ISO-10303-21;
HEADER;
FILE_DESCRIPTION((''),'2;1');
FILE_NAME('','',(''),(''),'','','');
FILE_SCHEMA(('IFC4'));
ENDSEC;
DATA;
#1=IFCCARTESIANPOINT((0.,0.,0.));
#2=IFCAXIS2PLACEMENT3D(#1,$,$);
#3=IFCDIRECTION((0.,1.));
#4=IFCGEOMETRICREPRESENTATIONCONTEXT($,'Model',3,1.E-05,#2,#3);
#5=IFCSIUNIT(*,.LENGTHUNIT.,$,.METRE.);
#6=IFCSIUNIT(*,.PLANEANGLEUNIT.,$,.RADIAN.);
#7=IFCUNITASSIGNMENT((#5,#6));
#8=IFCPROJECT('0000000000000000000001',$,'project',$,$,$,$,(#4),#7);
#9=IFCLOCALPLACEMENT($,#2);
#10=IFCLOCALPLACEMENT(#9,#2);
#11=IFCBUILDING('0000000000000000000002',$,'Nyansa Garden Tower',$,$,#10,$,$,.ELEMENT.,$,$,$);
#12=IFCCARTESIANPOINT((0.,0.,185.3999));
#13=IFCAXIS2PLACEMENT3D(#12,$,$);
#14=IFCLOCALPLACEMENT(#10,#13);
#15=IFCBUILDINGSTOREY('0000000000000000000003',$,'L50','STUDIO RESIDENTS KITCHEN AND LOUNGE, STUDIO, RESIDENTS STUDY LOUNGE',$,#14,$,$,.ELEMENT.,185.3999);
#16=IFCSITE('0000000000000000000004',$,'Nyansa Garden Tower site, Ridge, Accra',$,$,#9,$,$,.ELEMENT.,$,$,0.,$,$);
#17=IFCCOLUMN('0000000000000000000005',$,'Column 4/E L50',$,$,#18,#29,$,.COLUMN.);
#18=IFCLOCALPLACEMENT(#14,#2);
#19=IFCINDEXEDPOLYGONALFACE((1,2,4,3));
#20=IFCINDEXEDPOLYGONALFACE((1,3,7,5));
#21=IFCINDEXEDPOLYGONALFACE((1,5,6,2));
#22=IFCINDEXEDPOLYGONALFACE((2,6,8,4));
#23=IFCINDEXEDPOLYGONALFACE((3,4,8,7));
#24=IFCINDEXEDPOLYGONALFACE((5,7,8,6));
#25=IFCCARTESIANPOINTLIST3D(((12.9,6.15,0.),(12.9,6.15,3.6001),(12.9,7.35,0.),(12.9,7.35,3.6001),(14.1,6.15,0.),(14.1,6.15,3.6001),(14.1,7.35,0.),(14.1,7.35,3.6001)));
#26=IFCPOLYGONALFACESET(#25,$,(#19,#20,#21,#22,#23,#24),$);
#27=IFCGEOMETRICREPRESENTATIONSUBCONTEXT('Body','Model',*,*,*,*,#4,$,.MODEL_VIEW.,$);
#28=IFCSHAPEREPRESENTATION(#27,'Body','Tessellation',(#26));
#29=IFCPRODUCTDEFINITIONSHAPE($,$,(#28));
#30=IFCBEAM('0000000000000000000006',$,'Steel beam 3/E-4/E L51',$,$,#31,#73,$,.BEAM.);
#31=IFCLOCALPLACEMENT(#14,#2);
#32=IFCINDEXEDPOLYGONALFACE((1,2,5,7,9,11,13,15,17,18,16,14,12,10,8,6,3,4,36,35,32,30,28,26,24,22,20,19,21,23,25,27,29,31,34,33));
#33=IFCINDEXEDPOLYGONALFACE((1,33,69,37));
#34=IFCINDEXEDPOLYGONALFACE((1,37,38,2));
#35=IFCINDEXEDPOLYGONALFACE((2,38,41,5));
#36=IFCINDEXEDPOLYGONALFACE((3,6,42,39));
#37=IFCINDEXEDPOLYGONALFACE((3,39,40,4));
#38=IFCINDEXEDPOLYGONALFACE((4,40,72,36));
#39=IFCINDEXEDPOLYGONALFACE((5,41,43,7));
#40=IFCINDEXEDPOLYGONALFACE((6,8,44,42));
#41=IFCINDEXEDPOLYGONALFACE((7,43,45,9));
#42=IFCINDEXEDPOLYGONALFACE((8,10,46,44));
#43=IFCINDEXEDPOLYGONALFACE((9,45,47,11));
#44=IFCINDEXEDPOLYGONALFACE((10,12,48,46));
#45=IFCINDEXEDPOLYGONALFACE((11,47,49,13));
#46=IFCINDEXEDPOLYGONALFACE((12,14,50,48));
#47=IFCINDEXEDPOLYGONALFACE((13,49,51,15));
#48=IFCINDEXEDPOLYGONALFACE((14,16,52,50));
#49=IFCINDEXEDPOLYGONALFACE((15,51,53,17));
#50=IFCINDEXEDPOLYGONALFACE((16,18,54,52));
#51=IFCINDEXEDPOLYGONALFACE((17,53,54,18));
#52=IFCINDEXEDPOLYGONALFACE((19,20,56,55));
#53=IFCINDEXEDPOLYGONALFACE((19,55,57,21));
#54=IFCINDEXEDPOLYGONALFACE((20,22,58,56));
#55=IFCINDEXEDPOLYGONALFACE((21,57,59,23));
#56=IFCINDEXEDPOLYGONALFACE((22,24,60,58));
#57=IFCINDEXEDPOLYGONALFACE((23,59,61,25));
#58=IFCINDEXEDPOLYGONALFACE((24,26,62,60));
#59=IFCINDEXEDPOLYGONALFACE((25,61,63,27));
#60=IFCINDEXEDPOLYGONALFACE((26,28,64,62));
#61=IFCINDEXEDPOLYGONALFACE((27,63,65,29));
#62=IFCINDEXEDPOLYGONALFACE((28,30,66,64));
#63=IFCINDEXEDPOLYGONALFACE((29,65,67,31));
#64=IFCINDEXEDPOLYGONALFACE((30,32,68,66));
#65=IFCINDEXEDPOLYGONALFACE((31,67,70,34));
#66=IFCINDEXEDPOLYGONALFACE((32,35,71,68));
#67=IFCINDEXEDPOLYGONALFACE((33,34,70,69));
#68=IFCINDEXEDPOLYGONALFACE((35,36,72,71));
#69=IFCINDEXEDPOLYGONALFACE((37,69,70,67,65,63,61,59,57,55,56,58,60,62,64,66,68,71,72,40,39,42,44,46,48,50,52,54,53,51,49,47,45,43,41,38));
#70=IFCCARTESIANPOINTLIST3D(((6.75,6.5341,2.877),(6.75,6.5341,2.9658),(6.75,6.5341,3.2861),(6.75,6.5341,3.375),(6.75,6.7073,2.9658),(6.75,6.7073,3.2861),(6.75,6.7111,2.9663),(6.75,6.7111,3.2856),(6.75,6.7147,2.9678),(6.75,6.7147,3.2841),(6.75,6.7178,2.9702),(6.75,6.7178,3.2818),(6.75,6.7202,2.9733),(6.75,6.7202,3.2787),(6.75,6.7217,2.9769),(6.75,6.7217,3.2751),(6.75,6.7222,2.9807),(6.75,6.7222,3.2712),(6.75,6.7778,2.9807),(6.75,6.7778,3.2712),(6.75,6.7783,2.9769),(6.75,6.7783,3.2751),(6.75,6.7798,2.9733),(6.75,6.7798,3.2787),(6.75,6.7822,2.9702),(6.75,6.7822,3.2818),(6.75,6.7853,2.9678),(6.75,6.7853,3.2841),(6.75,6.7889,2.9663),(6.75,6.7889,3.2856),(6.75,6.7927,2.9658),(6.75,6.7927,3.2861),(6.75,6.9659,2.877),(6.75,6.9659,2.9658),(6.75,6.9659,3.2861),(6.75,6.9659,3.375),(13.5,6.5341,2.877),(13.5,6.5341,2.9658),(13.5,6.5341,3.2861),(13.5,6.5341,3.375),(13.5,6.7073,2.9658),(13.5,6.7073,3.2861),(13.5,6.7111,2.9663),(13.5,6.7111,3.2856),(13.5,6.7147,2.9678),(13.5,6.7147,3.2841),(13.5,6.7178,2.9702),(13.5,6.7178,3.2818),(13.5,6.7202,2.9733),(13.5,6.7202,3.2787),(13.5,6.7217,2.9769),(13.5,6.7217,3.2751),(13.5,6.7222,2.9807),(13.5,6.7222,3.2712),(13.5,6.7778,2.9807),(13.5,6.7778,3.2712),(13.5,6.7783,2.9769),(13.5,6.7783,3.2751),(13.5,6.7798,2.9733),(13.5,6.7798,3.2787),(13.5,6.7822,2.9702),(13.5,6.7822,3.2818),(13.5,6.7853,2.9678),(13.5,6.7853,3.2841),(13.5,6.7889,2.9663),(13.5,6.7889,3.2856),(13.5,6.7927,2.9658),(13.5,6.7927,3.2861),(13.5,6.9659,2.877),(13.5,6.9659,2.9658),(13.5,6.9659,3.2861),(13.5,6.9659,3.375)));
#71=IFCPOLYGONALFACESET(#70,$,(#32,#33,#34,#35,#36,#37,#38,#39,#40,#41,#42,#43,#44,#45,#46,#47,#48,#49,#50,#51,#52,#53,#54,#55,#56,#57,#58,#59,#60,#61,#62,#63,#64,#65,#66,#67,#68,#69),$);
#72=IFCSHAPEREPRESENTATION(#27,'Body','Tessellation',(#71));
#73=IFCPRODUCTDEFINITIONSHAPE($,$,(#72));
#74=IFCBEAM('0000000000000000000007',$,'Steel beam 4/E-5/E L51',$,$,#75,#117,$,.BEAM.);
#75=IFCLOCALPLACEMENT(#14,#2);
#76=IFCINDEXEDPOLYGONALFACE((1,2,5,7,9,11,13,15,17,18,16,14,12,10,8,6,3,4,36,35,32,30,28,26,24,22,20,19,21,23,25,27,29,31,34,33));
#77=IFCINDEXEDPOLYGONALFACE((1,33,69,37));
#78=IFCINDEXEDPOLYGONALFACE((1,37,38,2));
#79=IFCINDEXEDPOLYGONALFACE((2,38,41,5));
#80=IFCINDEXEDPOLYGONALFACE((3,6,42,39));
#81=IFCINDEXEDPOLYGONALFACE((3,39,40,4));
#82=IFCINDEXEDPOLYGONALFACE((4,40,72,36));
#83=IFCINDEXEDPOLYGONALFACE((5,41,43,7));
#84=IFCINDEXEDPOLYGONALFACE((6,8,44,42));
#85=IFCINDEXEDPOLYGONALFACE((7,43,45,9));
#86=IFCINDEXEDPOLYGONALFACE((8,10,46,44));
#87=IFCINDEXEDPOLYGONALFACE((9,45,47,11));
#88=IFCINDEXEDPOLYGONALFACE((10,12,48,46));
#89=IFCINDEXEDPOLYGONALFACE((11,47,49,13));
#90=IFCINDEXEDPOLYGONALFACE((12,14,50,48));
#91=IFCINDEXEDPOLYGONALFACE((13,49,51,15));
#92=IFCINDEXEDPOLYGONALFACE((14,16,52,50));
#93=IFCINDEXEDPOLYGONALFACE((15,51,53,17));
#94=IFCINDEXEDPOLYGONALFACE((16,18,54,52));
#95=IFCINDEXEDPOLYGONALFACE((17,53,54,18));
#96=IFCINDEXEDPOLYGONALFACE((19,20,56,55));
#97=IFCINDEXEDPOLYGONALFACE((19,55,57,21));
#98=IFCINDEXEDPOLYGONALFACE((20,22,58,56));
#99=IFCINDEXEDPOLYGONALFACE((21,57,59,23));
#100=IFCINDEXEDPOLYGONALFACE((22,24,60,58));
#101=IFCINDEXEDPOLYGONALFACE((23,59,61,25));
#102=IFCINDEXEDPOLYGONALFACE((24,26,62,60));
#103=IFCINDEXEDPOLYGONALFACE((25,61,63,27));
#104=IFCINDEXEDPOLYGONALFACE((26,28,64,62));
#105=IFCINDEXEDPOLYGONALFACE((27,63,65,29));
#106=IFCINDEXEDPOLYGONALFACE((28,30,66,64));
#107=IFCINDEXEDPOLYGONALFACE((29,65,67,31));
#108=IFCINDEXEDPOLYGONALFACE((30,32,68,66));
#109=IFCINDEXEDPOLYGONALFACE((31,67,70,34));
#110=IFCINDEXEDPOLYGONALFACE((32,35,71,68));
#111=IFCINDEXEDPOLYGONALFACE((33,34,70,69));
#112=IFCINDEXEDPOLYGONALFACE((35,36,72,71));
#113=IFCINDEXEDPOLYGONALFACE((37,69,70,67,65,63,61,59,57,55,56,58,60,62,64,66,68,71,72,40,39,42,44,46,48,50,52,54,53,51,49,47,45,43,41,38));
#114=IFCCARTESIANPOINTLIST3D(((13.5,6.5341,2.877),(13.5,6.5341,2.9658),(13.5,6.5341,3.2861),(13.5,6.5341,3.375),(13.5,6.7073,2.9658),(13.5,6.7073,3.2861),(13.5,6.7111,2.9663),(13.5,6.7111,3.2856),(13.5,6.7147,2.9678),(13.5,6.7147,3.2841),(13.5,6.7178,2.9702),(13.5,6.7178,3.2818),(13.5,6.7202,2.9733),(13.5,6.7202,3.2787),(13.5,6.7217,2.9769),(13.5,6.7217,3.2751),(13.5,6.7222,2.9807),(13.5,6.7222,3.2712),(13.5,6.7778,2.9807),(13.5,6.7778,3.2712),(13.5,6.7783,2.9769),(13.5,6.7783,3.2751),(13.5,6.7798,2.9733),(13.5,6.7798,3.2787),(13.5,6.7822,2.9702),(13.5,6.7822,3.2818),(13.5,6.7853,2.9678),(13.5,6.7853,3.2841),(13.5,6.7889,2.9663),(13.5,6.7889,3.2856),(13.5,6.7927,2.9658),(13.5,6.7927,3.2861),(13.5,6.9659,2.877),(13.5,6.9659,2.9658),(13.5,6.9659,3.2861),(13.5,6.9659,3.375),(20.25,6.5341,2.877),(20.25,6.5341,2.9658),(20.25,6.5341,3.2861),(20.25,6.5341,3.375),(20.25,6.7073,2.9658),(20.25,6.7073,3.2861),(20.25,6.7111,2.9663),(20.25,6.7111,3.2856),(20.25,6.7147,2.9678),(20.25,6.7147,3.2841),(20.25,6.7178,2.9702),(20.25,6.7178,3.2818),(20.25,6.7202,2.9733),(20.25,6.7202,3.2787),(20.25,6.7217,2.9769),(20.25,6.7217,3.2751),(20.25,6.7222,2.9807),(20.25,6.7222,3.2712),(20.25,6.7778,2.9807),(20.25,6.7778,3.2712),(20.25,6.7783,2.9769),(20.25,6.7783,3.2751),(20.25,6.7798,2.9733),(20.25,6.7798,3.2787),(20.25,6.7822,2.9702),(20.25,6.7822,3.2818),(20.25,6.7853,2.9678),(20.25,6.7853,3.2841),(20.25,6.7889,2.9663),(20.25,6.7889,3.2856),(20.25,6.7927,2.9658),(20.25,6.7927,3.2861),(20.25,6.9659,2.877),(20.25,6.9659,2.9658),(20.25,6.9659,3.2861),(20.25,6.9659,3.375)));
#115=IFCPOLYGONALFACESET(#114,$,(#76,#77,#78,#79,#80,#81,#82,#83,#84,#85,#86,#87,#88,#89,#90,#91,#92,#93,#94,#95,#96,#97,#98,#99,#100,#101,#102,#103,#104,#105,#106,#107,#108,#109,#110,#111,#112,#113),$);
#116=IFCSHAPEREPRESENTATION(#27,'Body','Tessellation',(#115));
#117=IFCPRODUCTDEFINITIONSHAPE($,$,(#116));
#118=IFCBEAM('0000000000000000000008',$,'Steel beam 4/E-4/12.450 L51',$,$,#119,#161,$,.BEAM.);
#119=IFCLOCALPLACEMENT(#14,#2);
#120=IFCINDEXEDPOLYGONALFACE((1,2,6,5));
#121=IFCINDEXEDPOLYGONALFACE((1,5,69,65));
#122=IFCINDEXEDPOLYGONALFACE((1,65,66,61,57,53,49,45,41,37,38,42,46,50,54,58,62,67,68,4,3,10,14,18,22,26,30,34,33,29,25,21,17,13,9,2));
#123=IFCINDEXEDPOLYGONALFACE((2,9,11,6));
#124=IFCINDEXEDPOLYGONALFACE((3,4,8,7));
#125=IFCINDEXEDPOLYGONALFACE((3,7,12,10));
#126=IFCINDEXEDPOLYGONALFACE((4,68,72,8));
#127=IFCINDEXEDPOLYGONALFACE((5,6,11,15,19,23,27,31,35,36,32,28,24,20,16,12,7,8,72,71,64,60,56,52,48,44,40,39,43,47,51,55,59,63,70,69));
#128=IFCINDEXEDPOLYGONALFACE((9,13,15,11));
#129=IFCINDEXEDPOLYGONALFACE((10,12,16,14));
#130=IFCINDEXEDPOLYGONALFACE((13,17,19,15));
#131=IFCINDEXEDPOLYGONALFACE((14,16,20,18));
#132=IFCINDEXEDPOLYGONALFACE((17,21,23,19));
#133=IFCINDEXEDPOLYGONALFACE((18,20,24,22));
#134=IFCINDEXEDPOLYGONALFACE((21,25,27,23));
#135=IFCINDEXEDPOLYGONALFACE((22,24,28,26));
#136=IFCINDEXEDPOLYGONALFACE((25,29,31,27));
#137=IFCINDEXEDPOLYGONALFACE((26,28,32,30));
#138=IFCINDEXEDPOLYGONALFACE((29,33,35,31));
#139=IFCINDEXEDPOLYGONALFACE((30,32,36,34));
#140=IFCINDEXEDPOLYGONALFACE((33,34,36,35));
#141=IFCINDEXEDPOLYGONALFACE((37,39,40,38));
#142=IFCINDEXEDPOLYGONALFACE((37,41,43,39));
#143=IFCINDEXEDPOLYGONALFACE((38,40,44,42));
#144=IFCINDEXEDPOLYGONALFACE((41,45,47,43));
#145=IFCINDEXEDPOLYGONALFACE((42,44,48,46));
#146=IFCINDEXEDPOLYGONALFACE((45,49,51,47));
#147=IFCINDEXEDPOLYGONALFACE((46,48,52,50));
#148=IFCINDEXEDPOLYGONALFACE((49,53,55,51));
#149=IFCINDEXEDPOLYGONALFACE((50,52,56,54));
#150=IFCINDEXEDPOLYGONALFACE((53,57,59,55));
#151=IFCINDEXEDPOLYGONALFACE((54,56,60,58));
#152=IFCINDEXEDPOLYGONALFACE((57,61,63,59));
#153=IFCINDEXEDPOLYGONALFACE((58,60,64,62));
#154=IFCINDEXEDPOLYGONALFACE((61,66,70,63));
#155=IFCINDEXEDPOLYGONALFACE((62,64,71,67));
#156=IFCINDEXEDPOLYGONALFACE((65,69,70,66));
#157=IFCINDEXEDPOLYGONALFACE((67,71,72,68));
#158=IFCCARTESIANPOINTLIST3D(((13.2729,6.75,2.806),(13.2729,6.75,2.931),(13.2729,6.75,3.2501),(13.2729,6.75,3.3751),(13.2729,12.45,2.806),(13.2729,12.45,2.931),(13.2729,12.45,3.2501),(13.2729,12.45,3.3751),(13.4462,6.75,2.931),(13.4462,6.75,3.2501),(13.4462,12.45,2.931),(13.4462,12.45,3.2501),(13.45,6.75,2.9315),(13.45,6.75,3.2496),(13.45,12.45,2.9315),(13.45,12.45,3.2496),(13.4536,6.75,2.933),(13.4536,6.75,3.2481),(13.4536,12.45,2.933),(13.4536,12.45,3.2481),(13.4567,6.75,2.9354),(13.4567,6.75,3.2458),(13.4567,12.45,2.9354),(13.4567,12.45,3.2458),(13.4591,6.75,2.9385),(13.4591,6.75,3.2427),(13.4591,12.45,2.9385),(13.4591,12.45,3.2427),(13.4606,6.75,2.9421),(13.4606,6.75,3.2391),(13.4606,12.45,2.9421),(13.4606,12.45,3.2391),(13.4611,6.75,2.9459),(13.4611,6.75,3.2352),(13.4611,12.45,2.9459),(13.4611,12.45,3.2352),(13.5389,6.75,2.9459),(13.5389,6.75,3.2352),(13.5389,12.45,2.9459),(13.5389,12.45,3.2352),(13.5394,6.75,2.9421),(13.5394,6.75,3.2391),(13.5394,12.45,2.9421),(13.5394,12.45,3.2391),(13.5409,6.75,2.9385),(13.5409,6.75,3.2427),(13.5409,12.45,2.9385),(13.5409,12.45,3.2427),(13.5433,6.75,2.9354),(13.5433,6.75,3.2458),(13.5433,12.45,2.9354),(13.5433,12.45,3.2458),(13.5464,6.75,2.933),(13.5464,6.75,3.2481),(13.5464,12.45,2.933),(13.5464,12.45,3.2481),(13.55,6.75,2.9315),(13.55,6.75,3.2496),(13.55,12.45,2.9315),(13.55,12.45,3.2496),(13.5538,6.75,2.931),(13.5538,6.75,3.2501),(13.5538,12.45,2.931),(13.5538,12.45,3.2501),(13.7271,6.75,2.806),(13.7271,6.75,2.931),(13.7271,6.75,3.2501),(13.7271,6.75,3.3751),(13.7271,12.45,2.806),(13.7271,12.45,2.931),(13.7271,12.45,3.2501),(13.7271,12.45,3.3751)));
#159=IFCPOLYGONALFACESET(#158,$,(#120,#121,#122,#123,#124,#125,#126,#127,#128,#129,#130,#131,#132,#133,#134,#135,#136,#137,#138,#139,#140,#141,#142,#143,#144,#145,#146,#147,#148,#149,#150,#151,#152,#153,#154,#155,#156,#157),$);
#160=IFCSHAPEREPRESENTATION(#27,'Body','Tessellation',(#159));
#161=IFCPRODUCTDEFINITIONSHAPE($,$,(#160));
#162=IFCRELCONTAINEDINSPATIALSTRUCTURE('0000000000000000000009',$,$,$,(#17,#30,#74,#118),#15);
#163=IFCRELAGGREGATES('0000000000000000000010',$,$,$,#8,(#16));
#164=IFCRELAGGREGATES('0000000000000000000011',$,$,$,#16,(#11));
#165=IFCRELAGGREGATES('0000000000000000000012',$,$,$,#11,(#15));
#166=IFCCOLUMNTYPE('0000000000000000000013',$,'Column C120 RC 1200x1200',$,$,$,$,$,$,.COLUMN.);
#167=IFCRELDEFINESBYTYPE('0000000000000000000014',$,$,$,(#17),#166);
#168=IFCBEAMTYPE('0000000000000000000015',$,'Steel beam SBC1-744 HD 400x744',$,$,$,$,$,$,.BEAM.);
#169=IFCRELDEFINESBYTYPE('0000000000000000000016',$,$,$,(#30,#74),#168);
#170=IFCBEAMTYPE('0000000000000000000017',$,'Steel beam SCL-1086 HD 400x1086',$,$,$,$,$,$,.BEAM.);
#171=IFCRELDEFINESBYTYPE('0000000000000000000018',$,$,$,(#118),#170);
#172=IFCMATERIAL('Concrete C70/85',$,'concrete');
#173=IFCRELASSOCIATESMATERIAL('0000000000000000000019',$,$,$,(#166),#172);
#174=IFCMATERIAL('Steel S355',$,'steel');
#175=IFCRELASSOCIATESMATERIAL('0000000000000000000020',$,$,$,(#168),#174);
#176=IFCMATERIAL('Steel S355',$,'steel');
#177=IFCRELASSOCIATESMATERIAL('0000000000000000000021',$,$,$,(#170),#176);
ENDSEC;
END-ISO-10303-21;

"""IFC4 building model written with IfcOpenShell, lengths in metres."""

from ifc_helpers import new_model, si_unit, direction, frame, origin, origin_2d, place, context, subcontext, project, spatial, rectangle, i_section, extrude, material, material_profile, profile_set, type_object, element, save


model = new_model("IFC4")

# Units and contexts
model_context = context("Model", 3, precision=1e-05, world=origin(), true_north=direction((0.0, 1.0)))
body_context = subcontext(model_context, "Body", "Model", "MODEL_VIEW")
ifc_project = project(units=[si_unit("LENGTHUNIT", "METRE"), si_unit("PLANEANGLEUNIT", "RADIAN")], contexts=[model_context])

# Site, building, storey
site_placement = place(None, origin())
site = spatial("IfcSite", under=ifc_project, at=site_placement, Name="Nyansa Garden Tower site, Ridge, Accra", CompositionType="ELEMENT", RefElevation=0.0)
building_placement = place(site_placement, origin())
building = spatial("IfcBuilding", under=site, at=building_placement, Name="Nyansa Garden Tower", CompositionType="ELEMENT")
storey_placement = place(building_placement, frame((0.0, 0.0, 185.3999)))
storey = spatial("IfcBuildingStorey", under=building, at=storey_placement, Name="L50", Description="STUDIO RESIDENTS KITCHEN AND LOUNGE, STUDIO, RESIDENTS STUDY LOUNGE", CompositionType="ELEMENT", Elevation=185.3999)

# Column
ifc_material_1 = material(Name="Concrete C70/85", Category="concrete")
ifc_material_profile_1 = material_profile(ifc_material_1, rectangle(XDim=1.2, YDim=1.2, at=origin_2d()), Name="RC 1200x1200")
ifc_profile_set_1 = profile_set([ifc_material_profile_1], Name="Concrete C70/85")
column_type = type_object("IfcColumnType", Name="Column C120 RC 1200x1200", PredefinedType="COLUMN", material=ifc_profile_set_1)
column_placement = place(storey_placement, frame((13.5, 6.75, 0.0), z_axis=(0.0, 0.0, 1.0), x_axis=(1.0, 0.0, 0.0)))
element("IfcColumn", 1, at=column_placement, inside=storey, type_object=column_type, Name="Column 4/E L50", PredefinedType="COLUMN", context=body_context, shape_type="SweptSolid", body=[
    extrude(rectangle(XDim=1.2, YDim=1.2, at=origin_2d()), origin(), (0.0, 0.0, 1.0), 3.6001),
])

# Beams
ifc_material_2 = material(Name="Steel S355", Category="steel")
ifc_material_profile_2 = material_profile(ifc_material_2, i_section(OverallWidth=0.4319, OverallDepth=0.498, WebThickness=0.0557, FlangeThickness=0.0889, FilletRadius=0.0149, at=origin_2d()), Name="HD 400x744")
ifc_profile_set_2 = profile_set([ifc_material_profile_2], Name="Steel S355")
beam_type_1 = type_object("IfcBeamType", Name="Steel beam SBC1-744 HD 400x744", PredefinedType="BEAM", material=ifc_profile_set_2)
for number, where, z_axis, x_axis, name in (
    (2, (6.75, 6.75, 3.126), (1.0, 0.0, 0.0), (0.0, 1.0, 0.0), "Steel beam 3/E-4/E L51"),
    (3, (13.5, 6.75, 3.126), (1.0, 0.0, 0.0), (0.0, 1.0, 0.0), "Steel beam 4/E-5/E L51"),
):
    element("IfcBeam", number, at=place(storey_placement, frame(where, z_axis=z_axis, x_axis=x_axis)), inside=storey, type_object=beam_type_1, Name=name, PredefinedType="BEAM", context=body_context, shape_type="SweptSolid", body=[
        extrude(i_section(OverallWidth=0.4319, OverallDepth=0.498, WebThickness=0.0557, FlangeThickness=0.0889, FilletRadius=0.0149, at=origin_2d()), origin(), (0.0, 0.0, 1.0), 6.75),
    ])
ifc_material_3 = material(Name="Steel S355", Category="steel")
ifc_material_profile_3 = material_profile(ifc_material_3, i_section(OverallWidth=0.4541, OverallDepth=0.5691, WebThickness=0.0779, FlangeThickness=0.125, FilletRadius=0.0149, at=origin_2d()), Name="HD 400x1086")
ifc_profile_set_3 = profile_set([ifc_material_profile_3], Name="Steel S355")
beam_type_2 = type_object("IfcBeamType", Name="Steel beam SCL-1086 HD 400x1086", PredefinedType="BEAM", material=ifc_profile_set_3)
beam_1_placement = place(storey_placement, frame((13.5, 6.75, 3.0906), z_axis=(0.0, 1.0, 0.0), x_axis=(-1.0, 0.0, 0.0)))
element("IfcBeam", 4, at=beam_1_placement, inside=storey, type_object=beam_type_2, Name="Steel beam 4/E-4/12.450 L51", PredefinedType="BEAM", context=body_context, shape_type="SweptSolid", body=[
    extrude(i_section(OverallWidth=0.4541, OverallDepth=0.5691, WebThickness=0.0779, FlangeThickness=0.125, FilletRadius=0.0149, at=origin_2d()), origin(), (0.0, 0.0, 1.0), 5.7),
])

save(model, "model.ifc")
